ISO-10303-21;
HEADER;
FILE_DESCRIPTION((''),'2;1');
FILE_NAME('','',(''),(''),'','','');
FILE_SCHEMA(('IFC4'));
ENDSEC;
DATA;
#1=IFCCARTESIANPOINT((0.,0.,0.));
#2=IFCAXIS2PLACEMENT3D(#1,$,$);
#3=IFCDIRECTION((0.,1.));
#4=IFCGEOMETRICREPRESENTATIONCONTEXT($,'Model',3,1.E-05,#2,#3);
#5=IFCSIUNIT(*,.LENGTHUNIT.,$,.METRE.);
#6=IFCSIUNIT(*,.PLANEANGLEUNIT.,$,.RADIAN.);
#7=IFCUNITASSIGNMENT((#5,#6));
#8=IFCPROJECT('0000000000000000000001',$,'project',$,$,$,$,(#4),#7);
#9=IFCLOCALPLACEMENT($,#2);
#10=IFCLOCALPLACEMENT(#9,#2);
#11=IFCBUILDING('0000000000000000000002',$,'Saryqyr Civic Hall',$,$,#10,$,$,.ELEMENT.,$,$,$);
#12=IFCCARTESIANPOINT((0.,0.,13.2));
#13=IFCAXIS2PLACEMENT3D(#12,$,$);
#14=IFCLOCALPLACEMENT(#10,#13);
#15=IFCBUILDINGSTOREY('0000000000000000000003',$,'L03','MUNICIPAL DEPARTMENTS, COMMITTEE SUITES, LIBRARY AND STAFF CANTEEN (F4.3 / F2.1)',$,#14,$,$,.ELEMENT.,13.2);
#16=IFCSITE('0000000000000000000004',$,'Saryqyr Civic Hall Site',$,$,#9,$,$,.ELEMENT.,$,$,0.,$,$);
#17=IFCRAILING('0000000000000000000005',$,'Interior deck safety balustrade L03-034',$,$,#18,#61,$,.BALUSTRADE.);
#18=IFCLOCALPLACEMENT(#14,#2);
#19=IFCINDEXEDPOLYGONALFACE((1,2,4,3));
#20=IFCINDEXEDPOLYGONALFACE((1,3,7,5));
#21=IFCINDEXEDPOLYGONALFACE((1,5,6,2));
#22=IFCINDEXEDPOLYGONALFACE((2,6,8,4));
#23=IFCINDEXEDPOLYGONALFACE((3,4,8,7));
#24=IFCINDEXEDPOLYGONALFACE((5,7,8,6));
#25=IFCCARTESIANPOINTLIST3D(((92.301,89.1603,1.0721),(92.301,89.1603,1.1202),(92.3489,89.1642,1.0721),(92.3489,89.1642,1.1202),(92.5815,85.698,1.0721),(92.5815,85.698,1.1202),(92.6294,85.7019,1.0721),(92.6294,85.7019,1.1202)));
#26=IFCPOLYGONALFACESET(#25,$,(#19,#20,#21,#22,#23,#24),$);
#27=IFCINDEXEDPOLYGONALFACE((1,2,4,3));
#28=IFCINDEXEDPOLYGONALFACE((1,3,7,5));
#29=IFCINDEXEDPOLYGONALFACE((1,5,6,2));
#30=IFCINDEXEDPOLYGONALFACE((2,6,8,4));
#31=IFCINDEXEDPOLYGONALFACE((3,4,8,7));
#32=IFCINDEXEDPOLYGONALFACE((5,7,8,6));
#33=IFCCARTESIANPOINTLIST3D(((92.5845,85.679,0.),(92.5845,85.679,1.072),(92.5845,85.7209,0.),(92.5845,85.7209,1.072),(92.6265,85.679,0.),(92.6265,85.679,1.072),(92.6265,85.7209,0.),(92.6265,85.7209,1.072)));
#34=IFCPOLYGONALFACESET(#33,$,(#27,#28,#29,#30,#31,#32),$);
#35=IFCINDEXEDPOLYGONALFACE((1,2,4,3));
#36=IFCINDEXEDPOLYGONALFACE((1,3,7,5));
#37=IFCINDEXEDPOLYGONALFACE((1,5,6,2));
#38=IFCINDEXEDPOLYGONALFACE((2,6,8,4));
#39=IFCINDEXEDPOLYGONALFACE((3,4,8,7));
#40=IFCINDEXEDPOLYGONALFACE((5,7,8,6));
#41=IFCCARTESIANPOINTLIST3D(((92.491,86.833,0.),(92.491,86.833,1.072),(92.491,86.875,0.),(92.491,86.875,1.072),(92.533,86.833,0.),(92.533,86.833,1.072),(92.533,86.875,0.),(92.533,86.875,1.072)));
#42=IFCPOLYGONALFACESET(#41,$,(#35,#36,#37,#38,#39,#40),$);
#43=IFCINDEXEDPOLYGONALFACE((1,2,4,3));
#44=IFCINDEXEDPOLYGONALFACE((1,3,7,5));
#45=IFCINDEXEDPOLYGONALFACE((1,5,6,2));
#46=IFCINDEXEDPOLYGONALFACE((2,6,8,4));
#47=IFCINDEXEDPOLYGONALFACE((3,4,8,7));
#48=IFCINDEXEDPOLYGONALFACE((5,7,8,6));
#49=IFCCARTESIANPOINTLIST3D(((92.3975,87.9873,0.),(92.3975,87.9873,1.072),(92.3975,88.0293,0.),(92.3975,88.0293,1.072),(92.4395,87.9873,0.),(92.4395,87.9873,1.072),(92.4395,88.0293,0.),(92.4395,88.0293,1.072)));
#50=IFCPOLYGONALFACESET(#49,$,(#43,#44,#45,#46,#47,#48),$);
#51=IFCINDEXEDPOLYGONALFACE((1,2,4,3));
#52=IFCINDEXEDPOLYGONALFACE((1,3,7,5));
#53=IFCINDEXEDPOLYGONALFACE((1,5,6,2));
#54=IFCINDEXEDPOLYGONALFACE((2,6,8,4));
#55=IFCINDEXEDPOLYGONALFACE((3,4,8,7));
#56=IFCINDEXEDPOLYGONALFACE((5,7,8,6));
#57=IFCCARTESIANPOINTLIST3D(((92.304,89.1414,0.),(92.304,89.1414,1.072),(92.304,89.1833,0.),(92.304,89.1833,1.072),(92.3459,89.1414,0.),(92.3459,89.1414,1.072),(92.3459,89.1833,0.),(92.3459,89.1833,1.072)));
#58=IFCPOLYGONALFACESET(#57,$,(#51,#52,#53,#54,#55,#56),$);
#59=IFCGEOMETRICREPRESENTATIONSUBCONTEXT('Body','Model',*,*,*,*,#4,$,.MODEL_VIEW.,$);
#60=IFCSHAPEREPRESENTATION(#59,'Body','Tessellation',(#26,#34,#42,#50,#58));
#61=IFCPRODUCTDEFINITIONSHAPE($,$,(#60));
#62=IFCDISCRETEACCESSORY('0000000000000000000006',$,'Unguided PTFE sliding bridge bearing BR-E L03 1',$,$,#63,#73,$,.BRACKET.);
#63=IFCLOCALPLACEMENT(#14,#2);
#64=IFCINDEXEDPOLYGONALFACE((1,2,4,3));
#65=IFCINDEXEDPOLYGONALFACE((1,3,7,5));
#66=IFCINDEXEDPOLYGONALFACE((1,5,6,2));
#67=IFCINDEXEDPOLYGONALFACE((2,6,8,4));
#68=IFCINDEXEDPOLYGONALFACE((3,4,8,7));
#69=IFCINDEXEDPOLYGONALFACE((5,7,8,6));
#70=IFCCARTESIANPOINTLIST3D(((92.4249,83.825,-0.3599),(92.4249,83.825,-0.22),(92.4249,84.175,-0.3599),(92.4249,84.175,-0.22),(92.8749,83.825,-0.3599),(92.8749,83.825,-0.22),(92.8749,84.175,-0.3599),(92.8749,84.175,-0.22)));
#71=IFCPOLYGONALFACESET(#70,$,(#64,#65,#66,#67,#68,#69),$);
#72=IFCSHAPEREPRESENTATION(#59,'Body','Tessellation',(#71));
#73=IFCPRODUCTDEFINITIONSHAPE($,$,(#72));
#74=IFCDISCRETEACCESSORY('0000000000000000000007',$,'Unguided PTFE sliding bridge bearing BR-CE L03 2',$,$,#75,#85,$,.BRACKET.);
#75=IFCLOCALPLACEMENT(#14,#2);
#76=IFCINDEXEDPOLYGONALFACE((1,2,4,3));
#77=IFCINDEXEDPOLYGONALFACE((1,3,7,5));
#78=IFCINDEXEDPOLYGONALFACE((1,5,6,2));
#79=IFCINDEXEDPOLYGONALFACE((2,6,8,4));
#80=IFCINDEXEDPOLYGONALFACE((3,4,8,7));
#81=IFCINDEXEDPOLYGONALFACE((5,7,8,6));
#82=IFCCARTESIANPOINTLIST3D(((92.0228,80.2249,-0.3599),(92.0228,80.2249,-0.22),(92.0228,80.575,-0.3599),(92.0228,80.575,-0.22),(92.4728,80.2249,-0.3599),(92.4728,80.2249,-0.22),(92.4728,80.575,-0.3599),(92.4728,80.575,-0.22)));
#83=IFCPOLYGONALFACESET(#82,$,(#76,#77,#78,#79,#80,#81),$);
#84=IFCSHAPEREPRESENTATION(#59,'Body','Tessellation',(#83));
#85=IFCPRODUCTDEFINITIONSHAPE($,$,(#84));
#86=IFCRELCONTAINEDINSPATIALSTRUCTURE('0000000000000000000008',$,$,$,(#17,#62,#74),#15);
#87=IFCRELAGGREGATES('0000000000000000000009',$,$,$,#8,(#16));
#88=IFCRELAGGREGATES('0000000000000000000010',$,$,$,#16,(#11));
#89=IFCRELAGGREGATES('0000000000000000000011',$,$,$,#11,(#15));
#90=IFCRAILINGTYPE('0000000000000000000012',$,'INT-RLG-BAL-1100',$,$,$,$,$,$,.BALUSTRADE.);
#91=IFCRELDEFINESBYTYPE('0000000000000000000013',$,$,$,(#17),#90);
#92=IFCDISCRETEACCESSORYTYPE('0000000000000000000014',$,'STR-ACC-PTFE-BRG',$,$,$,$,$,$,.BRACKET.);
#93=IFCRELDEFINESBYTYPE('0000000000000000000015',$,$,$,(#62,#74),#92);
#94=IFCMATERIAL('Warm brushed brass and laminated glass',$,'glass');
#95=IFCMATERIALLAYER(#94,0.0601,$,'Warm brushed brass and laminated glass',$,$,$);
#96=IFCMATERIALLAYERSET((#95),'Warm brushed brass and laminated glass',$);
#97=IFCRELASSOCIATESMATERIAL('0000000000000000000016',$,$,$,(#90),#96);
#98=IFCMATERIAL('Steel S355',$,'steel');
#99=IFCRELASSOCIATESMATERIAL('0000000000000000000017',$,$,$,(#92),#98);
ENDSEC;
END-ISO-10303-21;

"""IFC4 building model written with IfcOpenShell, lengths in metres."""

from ifc_helpers import new_model, si_unit, direction, frame, origin, origin_2d, place, context, subcontext, project, spatial, rectangle, extrude, material, layer, layer_set, type_object, element, save


model = new_model("IFC4")

# Units and contexts
model_context = context("Model", 3, precision=1e-05, world=origin(), true_north=direction((0.0, 1.0)))
body_context = subcontext(model_context, "Body", "Model", "MODEL_VIEW")
ifc_project = project(units=[si_unit("LENGTHUNIT", "METRE"), si_unit("PLANEANGLEUNIT", "RADIAN")], contexts=[model_context])

# Site, building, storey
site_placement = place(None, origin())
site = spatial("IfcSite", under=ifc_project, at=site_placement, Name="Saryqyr Civic Hall Site", CompositionType="ELEMENT", RefElevation=0.0)
building_placement = place(site_placement, origin())
building = spatial("IfcBuilding", under=site, at=building_placement, Name="Saryqyr Civic Hall", CompositionType="ELEMENT")
storey_placement = place(building_placement, frame((0.0, 0.0, 13.2)))
storey = spatial("IfcBuildingStorey", under=building, at=storey_placement, Name="L03", Description="MUNICIPAL DEPARTMENTS, COMMITTEE SUITES, LIBRARY AND STAFF CANTEEN (F4.3 / F2.1)", CompositionType="ELEMENT", Elevation=13.2)

# Shared definitions
ifc_material_1 = material(Name="Steel S355", Category="steel")

# Railing
ifc_material_2 = material(Name="Warm brushed brass and laminated glass", Category="glass")
ifc_layer_1 = layer(ifc_material_2, 0.0601, Name="Warm brushed brass and laminated glass")
ifc_layer_set_1 = layer_set([ifc_layer_1], Name="Warm brushed brass and laminated glass")
railing_type = type_object("IfcRailingType", Name="INT-RLG-BAL-1100", PredefinedType="BALUSTRADE", material=ifc_layer_set_1)
railing_1_placement = place(storey_placement, frame((92.6055, 85.7, 0.0)))
element("IfcRailing", 1, at=railing_1_placement, inside=storey, type_object=railing_type, Name="Interior deck safety balustrade L03-034", PredefinedType="BALUSTRADE", context=body_context, shape_type="SweptSolid", body=[
    extrude(rectangle(XDim=0.0481, YDim=0.0481, at=origin_2d()), frame((0.0, 0.0, 1.0962), z_axis=(-0.080754, 0.996734, 0.0), x_axis=(-0.996734, -0.080754, 0.0)), (0.0, 0.0, 1.0), 3.4736),
    extrude(rectangle(XDim=0.042, YDim=0.042, at=origin_2d()), origin(), (0.0, 0.0, 1.0), 1.072),
    extrude(rectangle(XDim=0.042, YDim=0.042, at=origin_2d()), frame((-0.0935, 1.1541, 0.0)), (0.0, 0.0, 1.0), 1.072),
    extrude(rectangle(XDim=0.042, YDim=0.042, at=origin_2d()), frame((-0.187, 2.3083, 0.0)), (0.0, 0.0, 1.0), 1.072),
    extrude(rectangle(XDim=0.042, YDim=0.042, at=origin_2d()), frame((-0.2805, 3.4624, 0.0)), (0.0, 0.0, 1.0), 1.072),
])

# Discrete accessories
discrete_accessory_type = type_object("IfcDiscreteAccessoryType", Name="STR-ACC-PTFE-BRG", PredefinedType="BRACKET", material=ifc_material_1)
for number, where, z_axis, x_axis, name in (
    (2, (92.6499, 84.0, -0.3599), (0.0, 0.0, 1.0), (1.0, 0.0, 0.0), "Unguided PTFE sliding bridge bearing BR-E L03 1"),
    (3, (92.2478, 80.3999, -0.3599), (0.0, 0.0, 1.0), (1.0, 0.0, 0.0), "Unguided PTFE sliding bridge bearing BR-CE L03 2"),
):
    element("IfcDiscreteAccessory", number, at=place(storey_placement, frame(where, z_axis=z_axis, x_axis=x_axis)), inside=storey, type_object=discrete_accessory_type, Name=name, PredefinedType="BRACKET", context=body_context, shape_type="SweptSolid", body=[
        extrude(rectangle(XDim=0.45, YDim=0.3501, at=origin_2d()), origin(), (0.0, 0.0, 1.0), 0.1399),
    ])

save(model, "model.ifc")
